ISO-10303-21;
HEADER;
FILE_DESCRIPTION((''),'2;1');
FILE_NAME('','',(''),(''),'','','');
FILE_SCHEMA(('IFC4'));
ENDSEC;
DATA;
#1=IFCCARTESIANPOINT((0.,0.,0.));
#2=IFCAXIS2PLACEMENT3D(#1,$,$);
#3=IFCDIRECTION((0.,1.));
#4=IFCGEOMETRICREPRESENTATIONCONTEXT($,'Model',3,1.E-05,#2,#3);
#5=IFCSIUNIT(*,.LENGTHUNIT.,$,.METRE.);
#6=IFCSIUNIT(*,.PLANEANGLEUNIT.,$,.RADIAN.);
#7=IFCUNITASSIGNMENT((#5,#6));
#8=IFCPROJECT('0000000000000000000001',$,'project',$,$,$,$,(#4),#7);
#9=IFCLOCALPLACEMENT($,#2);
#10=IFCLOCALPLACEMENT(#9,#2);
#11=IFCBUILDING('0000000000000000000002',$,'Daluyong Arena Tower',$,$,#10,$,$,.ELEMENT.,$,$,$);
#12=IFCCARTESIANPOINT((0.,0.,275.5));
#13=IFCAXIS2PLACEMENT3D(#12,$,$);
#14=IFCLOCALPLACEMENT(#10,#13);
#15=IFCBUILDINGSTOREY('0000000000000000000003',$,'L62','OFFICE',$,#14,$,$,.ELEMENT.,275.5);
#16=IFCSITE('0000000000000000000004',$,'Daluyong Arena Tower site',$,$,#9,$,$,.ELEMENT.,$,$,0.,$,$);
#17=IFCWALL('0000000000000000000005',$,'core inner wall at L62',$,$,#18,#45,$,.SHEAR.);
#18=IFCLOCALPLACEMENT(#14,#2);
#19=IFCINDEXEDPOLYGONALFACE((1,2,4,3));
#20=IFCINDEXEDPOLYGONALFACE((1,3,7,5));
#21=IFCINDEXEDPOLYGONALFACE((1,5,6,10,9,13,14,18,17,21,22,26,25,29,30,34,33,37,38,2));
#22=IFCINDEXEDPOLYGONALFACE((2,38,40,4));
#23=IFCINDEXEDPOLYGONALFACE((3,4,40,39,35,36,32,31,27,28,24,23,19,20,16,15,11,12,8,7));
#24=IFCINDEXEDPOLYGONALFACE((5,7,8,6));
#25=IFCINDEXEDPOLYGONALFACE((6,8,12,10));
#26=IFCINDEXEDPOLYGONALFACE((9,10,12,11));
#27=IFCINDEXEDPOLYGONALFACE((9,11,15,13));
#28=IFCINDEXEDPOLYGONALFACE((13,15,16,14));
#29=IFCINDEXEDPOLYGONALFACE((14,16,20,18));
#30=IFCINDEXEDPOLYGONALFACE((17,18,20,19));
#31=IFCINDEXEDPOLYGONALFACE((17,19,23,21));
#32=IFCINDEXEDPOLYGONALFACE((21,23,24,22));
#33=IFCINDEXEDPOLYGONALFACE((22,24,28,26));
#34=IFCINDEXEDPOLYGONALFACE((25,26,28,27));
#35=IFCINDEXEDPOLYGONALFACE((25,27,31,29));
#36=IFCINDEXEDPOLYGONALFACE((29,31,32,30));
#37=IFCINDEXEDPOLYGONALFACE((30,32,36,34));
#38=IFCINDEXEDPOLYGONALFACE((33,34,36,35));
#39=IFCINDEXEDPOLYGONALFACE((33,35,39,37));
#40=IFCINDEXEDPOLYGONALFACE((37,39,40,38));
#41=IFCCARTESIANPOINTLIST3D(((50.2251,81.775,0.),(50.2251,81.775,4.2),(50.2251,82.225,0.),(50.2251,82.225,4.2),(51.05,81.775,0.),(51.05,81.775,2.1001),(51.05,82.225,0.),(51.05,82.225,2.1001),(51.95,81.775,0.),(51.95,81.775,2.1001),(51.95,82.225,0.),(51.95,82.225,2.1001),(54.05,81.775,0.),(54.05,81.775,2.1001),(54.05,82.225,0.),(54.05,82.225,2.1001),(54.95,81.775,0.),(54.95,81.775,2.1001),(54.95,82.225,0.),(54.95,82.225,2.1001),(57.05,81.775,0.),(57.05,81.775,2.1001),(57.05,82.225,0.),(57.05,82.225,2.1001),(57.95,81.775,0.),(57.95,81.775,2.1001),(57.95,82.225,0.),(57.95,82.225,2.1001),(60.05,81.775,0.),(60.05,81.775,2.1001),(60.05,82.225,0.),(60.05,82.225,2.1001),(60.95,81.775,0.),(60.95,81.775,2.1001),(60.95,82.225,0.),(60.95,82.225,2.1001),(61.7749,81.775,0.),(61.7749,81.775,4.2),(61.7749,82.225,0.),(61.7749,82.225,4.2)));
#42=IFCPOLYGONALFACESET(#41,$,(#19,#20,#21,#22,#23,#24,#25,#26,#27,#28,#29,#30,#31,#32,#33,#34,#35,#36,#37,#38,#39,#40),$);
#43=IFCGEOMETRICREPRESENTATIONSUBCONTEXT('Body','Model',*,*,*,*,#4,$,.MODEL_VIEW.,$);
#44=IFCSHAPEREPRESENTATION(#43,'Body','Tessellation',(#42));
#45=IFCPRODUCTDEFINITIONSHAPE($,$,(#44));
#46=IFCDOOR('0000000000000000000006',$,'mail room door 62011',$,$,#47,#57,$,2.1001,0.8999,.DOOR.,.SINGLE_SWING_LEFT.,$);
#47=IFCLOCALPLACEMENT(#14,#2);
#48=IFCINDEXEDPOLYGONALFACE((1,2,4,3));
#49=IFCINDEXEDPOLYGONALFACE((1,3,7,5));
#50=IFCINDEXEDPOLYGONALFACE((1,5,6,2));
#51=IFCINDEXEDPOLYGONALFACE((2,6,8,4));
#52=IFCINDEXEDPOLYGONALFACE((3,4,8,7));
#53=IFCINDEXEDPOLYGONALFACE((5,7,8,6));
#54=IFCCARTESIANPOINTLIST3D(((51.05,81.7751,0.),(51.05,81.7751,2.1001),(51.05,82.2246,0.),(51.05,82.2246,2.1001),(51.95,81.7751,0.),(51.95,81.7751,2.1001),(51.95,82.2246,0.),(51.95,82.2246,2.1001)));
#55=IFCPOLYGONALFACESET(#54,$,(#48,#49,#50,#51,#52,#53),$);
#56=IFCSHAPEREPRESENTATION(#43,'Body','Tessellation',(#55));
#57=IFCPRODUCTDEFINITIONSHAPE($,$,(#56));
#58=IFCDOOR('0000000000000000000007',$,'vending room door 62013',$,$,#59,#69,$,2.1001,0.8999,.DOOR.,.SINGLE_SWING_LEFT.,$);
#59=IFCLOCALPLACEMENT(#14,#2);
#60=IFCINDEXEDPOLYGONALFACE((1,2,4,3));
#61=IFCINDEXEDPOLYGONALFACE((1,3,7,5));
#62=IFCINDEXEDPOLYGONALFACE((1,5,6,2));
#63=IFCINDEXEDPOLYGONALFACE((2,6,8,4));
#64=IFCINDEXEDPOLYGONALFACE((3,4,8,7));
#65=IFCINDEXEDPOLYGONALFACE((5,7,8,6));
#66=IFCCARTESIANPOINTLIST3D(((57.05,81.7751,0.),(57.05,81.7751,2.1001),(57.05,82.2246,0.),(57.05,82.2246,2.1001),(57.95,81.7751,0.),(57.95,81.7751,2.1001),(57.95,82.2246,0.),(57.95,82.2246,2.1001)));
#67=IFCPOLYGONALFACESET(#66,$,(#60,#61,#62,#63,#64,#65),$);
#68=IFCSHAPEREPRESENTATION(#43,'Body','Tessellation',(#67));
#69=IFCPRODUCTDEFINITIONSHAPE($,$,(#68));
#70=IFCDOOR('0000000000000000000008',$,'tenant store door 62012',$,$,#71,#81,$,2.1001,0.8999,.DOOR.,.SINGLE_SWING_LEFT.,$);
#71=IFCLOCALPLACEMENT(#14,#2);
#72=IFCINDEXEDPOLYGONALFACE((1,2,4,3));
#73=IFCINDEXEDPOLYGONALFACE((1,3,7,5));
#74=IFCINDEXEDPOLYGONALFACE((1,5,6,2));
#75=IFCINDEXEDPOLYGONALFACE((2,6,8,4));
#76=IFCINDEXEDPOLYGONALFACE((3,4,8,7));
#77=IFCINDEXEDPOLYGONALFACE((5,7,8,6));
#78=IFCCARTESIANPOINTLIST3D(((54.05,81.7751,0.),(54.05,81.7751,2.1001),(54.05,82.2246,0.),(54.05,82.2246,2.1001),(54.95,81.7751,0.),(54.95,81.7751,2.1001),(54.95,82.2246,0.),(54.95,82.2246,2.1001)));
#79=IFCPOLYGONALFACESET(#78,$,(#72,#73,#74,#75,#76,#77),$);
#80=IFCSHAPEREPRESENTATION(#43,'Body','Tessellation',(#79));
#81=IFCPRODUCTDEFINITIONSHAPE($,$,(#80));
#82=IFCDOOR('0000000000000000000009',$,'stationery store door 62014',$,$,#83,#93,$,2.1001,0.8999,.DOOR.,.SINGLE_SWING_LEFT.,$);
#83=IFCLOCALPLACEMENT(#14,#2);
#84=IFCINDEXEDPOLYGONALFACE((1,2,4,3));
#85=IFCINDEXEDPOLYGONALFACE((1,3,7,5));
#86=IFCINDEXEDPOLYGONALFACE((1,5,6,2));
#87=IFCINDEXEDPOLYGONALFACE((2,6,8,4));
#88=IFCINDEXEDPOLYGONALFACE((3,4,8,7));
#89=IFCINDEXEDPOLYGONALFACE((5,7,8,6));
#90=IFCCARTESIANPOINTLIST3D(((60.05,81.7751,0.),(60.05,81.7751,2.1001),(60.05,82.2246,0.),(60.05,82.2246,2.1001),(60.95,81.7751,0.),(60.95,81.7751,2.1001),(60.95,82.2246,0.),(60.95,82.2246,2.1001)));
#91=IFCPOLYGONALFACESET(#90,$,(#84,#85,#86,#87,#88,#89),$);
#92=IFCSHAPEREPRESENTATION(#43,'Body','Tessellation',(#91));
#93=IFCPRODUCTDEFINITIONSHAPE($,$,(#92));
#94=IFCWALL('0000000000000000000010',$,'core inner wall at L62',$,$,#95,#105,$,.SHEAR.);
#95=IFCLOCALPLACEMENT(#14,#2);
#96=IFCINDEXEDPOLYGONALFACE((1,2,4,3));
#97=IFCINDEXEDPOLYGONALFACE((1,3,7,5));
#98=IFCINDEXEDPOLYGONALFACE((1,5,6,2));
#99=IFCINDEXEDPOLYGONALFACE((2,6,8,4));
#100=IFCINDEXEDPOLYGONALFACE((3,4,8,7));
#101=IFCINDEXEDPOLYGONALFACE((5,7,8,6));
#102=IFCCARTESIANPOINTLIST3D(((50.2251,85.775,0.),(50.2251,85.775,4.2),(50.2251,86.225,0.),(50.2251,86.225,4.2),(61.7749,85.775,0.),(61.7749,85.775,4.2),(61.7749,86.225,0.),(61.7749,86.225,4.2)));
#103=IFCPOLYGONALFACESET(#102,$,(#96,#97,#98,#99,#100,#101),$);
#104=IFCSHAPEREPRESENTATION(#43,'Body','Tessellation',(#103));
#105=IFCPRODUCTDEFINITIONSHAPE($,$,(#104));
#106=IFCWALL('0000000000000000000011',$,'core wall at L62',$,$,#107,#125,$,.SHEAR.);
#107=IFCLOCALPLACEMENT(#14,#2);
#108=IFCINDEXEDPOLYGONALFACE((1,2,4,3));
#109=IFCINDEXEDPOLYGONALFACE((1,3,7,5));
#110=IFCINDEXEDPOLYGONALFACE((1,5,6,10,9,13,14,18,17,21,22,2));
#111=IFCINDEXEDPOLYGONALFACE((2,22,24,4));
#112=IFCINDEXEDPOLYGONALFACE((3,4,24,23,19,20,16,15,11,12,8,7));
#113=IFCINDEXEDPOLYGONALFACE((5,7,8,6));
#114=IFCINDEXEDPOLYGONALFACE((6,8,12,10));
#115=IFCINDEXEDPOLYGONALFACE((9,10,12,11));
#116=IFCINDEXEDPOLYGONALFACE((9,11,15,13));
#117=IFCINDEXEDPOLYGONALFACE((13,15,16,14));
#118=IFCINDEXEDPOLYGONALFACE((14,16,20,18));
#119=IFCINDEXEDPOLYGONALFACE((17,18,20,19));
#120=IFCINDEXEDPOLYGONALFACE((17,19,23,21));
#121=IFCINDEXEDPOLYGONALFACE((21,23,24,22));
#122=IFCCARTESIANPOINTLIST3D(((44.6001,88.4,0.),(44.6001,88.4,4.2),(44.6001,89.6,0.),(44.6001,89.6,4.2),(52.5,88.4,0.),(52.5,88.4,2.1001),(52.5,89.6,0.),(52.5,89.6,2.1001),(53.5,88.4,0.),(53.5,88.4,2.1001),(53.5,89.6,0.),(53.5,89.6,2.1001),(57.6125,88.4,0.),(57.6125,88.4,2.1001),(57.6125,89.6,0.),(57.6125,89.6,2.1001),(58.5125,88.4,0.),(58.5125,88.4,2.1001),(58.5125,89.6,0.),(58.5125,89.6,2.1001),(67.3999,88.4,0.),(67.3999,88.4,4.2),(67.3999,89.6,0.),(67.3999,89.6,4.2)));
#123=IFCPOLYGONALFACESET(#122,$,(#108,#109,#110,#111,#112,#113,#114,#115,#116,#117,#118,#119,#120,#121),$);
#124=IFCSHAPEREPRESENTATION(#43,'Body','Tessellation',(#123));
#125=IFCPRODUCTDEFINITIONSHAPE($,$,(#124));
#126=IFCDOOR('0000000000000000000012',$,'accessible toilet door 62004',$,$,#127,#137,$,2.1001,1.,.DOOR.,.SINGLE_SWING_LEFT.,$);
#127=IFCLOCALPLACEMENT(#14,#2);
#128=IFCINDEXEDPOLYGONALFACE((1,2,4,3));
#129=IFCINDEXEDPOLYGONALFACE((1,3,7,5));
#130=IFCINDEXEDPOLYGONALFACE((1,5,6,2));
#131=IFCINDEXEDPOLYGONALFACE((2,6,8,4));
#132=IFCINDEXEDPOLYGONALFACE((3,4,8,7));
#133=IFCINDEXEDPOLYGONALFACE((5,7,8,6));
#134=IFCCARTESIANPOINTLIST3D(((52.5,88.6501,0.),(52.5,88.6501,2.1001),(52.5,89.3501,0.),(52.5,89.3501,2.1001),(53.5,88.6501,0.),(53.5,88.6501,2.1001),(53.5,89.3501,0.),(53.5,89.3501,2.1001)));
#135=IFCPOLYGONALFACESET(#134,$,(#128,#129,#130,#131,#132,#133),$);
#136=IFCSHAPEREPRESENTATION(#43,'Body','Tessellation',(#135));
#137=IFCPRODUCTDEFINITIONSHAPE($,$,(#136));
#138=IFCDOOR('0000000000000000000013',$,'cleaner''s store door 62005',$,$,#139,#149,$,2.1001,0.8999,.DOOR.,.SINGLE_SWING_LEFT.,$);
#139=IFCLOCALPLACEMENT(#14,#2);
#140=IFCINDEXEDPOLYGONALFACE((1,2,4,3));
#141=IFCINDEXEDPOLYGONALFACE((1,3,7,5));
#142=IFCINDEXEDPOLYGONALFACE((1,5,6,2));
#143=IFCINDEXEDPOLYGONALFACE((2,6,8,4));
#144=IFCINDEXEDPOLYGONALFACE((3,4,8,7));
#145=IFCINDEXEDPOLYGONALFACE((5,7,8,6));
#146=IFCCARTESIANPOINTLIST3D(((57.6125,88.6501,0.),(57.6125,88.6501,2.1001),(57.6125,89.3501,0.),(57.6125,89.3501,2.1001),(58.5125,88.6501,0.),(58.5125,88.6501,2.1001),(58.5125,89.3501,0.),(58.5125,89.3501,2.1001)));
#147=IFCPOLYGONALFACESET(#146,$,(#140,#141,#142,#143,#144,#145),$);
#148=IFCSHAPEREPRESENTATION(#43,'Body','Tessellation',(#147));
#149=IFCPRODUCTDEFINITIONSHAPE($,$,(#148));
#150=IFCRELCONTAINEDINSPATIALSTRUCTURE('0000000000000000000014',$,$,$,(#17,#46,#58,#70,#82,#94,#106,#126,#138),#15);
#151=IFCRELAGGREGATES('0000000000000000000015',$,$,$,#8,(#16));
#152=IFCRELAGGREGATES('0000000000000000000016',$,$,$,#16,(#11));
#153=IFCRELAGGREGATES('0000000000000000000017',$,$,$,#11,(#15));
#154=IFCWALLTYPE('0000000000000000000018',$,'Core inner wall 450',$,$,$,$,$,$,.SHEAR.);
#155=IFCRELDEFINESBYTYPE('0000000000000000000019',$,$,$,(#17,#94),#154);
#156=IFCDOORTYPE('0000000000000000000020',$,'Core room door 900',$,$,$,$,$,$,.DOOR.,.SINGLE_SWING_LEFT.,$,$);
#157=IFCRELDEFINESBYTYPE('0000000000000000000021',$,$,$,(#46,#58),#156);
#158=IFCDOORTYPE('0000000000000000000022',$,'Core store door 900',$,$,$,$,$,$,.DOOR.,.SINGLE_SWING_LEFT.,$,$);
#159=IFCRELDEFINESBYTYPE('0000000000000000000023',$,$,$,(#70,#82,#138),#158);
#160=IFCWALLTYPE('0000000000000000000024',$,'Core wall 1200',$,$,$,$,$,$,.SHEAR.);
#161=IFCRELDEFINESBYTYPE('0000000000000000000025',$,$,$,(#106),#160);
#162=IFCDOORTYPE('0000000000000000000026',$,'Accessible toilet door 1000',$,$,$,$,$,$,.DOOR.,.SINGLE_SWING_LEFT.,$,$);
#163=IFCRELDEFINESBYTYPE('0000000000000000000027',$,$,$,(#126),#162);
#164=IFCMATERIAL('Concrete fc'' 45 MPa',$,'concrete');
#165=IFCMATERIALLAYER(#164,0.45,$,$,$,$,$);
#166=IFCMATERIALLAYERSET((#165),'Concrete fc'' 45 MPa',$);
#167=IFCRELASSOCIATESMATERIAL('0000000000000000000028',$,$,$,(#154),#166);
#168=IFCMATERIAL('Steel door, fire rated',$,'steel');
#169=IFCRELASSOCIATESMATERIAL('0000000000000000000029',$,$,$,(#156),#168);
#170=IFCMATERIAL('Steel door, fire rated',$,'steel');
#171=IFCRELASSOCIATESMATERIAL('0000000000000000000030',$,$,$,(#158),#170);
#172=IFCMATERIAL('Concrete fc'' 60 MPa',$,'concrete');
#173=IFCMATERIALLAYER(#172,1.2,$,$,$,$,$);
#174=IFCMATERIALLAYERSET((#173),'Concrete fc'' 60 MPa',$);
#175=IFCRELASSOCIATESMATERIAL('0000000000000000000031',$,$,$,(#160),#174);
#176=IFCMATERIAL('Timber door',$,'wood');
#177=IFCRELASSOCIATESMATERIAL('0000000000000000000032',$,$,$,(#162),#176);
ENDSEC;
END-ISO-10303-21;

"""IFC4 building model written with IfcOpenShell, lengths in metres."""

from ifc_helpers import new_model, si_unit, direction, frame, frame_2d, origin, place, context, subcontext, project, spatial, rectangle, extrude, material, layer, layer_set, type_object, element, fill, save


model = new_model("IFC4")

# Units and contexts
model_context = context("Model", 3, precision=1e-05, world=origin(), true_north=direction((0.0, 1.0)))
body_context = subcontext(model_context, "Body", "Model", "MODEL_VIEW")
ifc_project = project(units=[si_unit("LENGTHUNIT", "METRE"), si_unit("PLANEANGLEUNIT", "RADIAN")], contexts=[model_context])

# Site, building, storey
site_placement = place(None, origin())
site = spatial("IfcSite", under=ifc_project, at=site_placement, Name="Daluyong Arena Tower site", CompositionType="ELEMENT", RefElevation=0.0)
building_placement = place(site_placement, origin())
building = spatial("IfcBuilding", under=site, at=building_placement, Name="Daluyong Arena Tower", CompositionType="ELEMENT")
storey_placement = place(building_placement, frame((0.0, 0.0, 275.5)))
storey = spatial("IfcBuildingStorey", under=building, at=storey_placement, Name="L62", Description="OFFICE", CompositionType="ELEMENT", Elevation=275.5)

# Shared definitions
ifc_material_1 = material(Name="Concrete fc' 45 MPa", Category="concrete")
ifc_layer_1 = layer(ifc_material_1, 0.45)
ifc_layer_set_1 = layer_set([ifc_layer_1], Name="Concrete fc' 45 MPa")
wall_type_1 = type_object("IfcWallType", Name="Core inner wall 450", PredefinedType="SHEAR", material=ifc_layer_set_1)

# Wall, openings, doors
wall_1_placement = place(storey_placement, frame((50.2251, 82.0, 0.0), z_axis=(0.0, 0.0, 1.0), x_axis=(1.0, 0.0, 0.0)))
wall_1 = element("IfcWall", 1, at=wall_1_placement, inside=storey, type_object=wall_type_1, Name="core inner wall at L62", PredefinedType="SHEAR", context=body_context, shape_type="SweptSolid", body=[
    extrude(rectangle(XDim=11.5498, YDim=0.45, at=frame_2d((5.7749, 0.0))), origin(), (0.0, 0.0, 1.0), 4.2),
])
opening_1_placement = place(wall_1_placement, frame((0.825, 0.0, 0.0)))
opening_1 = element("IfcOpeningElement", 2, at=opening_1_placement, cuts=wall_1, PredefinedType="OPENING", context=body_context, shape_type="SweptSolid", body=[
    extrude(rectangle(XDim=0.8999, YDim=2.1001, at=frame_2d((0.45, 1.05))), frame((0.0, 0.2349, 0.0), z_axis=(0.0, -1.0, 0.0), x_axis=(1.0, 0.0, 0.0)), (0.0, 0.0, 1.0), 0.47),
])
opening_2_placement = place(wall_1_placement, frame((3.825, 0.0, 0.0)))
opening_2 = element("IfcOpeningElement", 3, at=opening_2_placement, cuts=wall_1, PredefinedType="OPENING", context=body_context, shape_type="SweptSolid", body=[
    extrude(rectangle(XDim=0.8999, YDim=2.1001, at=frame_2d((0.45, 1.05))), frame((0.0, 0.2349, 0.0), z_axis=(0.0, -1.0, 0.0), x_axis=(1.0, 0.0, 0.0)), (0.0, 0.0, 1.0), 0.47),
])
opening_3_placement = place(wall_1_placement, frame((6.825, 0.0, 0.0)))
opening_3 = element("IfcOpeningElement", 4, at=opening_3_placement, cuts=wall_1, PredefinedType="OPENING", context=body_context, shape_type="SweptSolid", body=[
    extrude(rectangle(XDim=0.8999, YDim=2.1001, at=frame_2d((0.45, 1.05))), frame((0.0, 0.2349, 0.0), z_axis=(0.0, -1.0, 0.0), x_axis=(1.0, 0.0, 0.0)), (0.0, 0.0, 1.0), 0.47),
])
opening_4_placement = place(wall_1_placement, frame((9.825, 0.0, 0.0)))
opening_4 = element("IfcOpeningElement", 5, at=opening_4_placement, cuts=wall_1, PredefinedType="OPENING", context=body_context, shape_type="SweptSolid", body=[
    extrude(rectangle(XDim=0.8999, YDim=2.1001, at=frame_2d((0.45, 1.05))), frame((0.0, 0.2349, 0.0), z_axis=(0.0, -1.0, 0.0), x_axis=(1.0, 0.0, 0.0)), (0.0, 0.0, 1.0), 0.47),
])
ifc_material_2 = material(Name="Steel door, fire rated", Category="steel")
door_type_1 = type_object("IfcDoorType", Name="Core room door 900", OperationType="SINGLE_SWING_LEFT", PredefinedType="DOOR", material=ifc_material_2)
door_1_placement = place(opening_1_placement, origin())
door_1 = element("IfcDoor", 6, at=door_1_placement, inside=storey, type_object=door_type_1, Name="mail room door 62011", OperationType="SINGLE_SWING_LEFT", OverallHeight=2.1001, OverallWidth=0.8999, PredefinedType="DOOR", context=body_context, shape_type="SweptSolid", body=[
    extrude(rectangle(XDim=0.8999, YDim=2.1001, at=frame_2d((0.45, 1.05))), frame((0.0, 0.2246, 0.0), z_axis=(0.0, -1.0, 0.0), x_axis=(1.0, 0.0, 0.0)), (0.0, 0.0, 1.0), 0.4495),
])
fill(opening_1, door_1)
door_2_placement = place(opening_3_placement, origin())
door_2 = element("IfcDoor", 7, at=door_2_placement, inside=storey, type_object=door_type_1, Name="vending room door 62013", OperationType="SINGLE_SWING_LEFT", OverallHeight=2.1001, OverallWidth=0.8999, PredefinedType="DOOR", context=body_context, shape_type="SweptSolid", body=[
    extrude(rectangle(XDim=0.8999, YDim=2.1001, at=frame_2d((0.45, 1.05))), frame((0.0, 0.2246, 0.0), z_axis=(0.0, -1.0, 0.0), x_axis=(1.0, 0.0, 0.0)), (0.0, 0.0, 1.0), 0.4495),
])
fill(opening_3, door_2)
ifc_material_3 = material(Name="Steel door, fire rated", Category="steel")
door_type_2 = type_object("IfcDoorType", Name="Core store door 900", OperationType="SINGLE_SWING_LEFT", PredefinedType="DOOR", material=ifc_material_3)
door_3_placement = place(opening_2_placement, origin())
door_3 = element("IfcDoor", 8, at=door_3_placement, inside=storey, type_object=door_type_2, Name="tenant store door 62012", OperationType="SINGLE_SWING_LEFT", OverallHeight=2.1001, OverallWidth=0.8999, PredefinedType="DOOR", context=body_context, shape_type="SweptSolid", body=[
    extrude(rectangle(XDim=0.8999, YDim=2.1001, at=frame_2d((0.45, 1.05))), frame((0.0, 0.2246, 0.0), z_axis=(0.0, -1.0, 0.0), x_axis=(1.0, 0.0, 0.0)), (0.0, 0.0, 1.0), 0.4495),
])
fill(opening_2, door_3)
door_4_placement = place(opening_4_placement, origin())
door_4 = element("IfcDoor", 9, at=door_4_placement, inside=storey, type_object=door_type_2, Name="stationery store door 62014", OperationType="SINGLE_SWING_LEFT", OverallHeight=2.1001, OverallWidth=0.8999, PredefinedType="DOOR", context=body_context, shape_type="SweptSolid", body=[
    extrude(rectangle(XDim=0.8999, YDim=2.1001, at=frame_2d((0.45, 1.05))), frame((0.0, 0.2246, 0.0), z_axis=(0.0, -1.0, 0.0), x_axis=(1.0, 0.0, 0.0)), (0.0, 0.0, 1.0), 0.4495),
])
fill(opening_4, door_4)

# Wall
wall_2_placement = place(storey_placement, frame((50.2251, 86.0, 0.0), z_axis=(0.0, 0.0, 1.0), x_axis=(1.0, 0.0, 0.0)))
element("IfcWall", 10, at=wall_2_placement, inside=storey, type_object=wall_type_1, Name="core inner wall at L62", PredefinedType="SHEAR", context=body_context, shape_type="SweptSolid", body=[
    extrude(rectangle(XDim=11.5498, YDim=0.45, at=frame_2d((5.7749, 0.0))), origin(), (0.0, 0.0, 1.0), 4.2),
])

# Wall, openings, doors
ifc_material_4 = material(Name="Concrete fc' 60 MPa", Category="concrete")
ifc_layer_2 = layer(ifc_material_4, 1.2)
ifc_layer_set_2 = layer_set([ifc_layer_2], Name="Concrete fc' 60 MPa")
wall_type_2 = type_object("IfcWallType", Name="Core wall 1200", PredefinedType="SHEAR", material=ifc_layer_set_2)
wall_3_placement = place(storey_placement, frame((44.6001, 89.0, 0.0), z_axis=(0.0, 0.0, 1.0), x_axis=(1.0, 0.0, 0.0)))
wall_3 = element("IfcWall", 11, at=wall_3_placement, inside=storey, type_object=wall_type_2, Name="core wall at L62", PredefinedType="SHEAR", context=body_context, shape_type="SweptSolid", body=[
    extrude(rectangle(XDim=22.7998, YDim=1.2, at=frame_2d((11.3999, 0.0))), origin(), (0.0, 0.0, 1.0), 4.2),
])
opening_5_placement = place(wall_3_placement, frame((7.8999, 0.0, 0.0)))
opening_5 = element("IfcOpeningElement", 12, at=opening_5_placement, cuts=wall_3, PredefinedType="OPENING", context=body_context, shape_type="SweptSolid", body=[
    extrude(rectangle(XDim=1.0, YDim=2.1001, at=frame_2d((0.5, 1.05))), frame((0.0, 0.6099, 0.0), z_axis=(0.0, -1.0, 0.0), x_axis=(1.0, 0.0, 0.0)), (0.0, 0.0, 1.0), 1.22),
])
opening_6_placement = place(wall_3_placement, frame((13.0125, 0.0, 0.0)))
opening_6 = element("IfcOpeningElement", 13, at=opening_6_placement, cuts=wall_3, PredefinedType="OPENING", context=body_context, shape_type="SweptSolid", body=[
    extrude(rectangle(XDim=0.8999, YDim=2.1001, at=frame_2d((0.45, 1.05))), frame((0.0, 0.6099, 0.0), z_axis=(0.0, -1.0, 0.0), x_axis=(1.0, 0.0, 0.0)), (0.0, 0.0, 1.0), 1.22),
])
ifc_material_5 = material(Name="Timber door", Category="wood")
door_type_3 = type_object("IfcDoorType", Name="Accessible toilet door 1000", OperationType="SINGLE_SWING_LEFT", PredefinedType="DOOR", material=ifc_material_5)
door_5_placement = place(opening_5_placement, origin())
door_5 = element("IfcDoor", 14, at=door_5_placement, inside=storey, type_object=door_type_3, Name="accessible toilet door 62004", OperationType="SINGLE_SWING_LEFT", OverallHeight=2.1001, OverallWidth=1.0, PredefinedType="DOOR", context=body_context, shape_type="SweptSolid", body=[
    extrude(rectangle(XDim=1.0, YDim=2.1001, at=frame_2d((0.5, 1.05))), frame((0.0, 0.3501, 0.0), z_axis=(0.0, -1.0, 0.0), x_axis=(1.0, 0.0, 0.0)), (0.0, 0.0, 1.0), 0.7),
])
fill(opening_5, door_5)
door_6_placement = place(opening_6_placement, origin())
door_6 = element("IfcDoor", 15, at=door_6_placement, inside=storey, type_object=door_type_2, Name="cleaner's store door 62005", OperationType="SINGLE_SWING_LEFT", OverallHeight=2.1001, OverallWidth=0.8999, PredefinedType="DOOR", context=body_context, shape_type="SweptSolid", body=[
    extrude(rectangle(XDim=0.8999, YDim=2.1001, at=frame_2d((0.45, 1.05))), frame((0.0, 0.3501, 0.0), z_axis=(0.0, -1.0, 0.0), x_axis=(1.0, 0.0, 0.0)), (0.0, 0.0, 1.0), 0.7),
])
fill(opening_6, door_6)

save(model, "model.ifc")
